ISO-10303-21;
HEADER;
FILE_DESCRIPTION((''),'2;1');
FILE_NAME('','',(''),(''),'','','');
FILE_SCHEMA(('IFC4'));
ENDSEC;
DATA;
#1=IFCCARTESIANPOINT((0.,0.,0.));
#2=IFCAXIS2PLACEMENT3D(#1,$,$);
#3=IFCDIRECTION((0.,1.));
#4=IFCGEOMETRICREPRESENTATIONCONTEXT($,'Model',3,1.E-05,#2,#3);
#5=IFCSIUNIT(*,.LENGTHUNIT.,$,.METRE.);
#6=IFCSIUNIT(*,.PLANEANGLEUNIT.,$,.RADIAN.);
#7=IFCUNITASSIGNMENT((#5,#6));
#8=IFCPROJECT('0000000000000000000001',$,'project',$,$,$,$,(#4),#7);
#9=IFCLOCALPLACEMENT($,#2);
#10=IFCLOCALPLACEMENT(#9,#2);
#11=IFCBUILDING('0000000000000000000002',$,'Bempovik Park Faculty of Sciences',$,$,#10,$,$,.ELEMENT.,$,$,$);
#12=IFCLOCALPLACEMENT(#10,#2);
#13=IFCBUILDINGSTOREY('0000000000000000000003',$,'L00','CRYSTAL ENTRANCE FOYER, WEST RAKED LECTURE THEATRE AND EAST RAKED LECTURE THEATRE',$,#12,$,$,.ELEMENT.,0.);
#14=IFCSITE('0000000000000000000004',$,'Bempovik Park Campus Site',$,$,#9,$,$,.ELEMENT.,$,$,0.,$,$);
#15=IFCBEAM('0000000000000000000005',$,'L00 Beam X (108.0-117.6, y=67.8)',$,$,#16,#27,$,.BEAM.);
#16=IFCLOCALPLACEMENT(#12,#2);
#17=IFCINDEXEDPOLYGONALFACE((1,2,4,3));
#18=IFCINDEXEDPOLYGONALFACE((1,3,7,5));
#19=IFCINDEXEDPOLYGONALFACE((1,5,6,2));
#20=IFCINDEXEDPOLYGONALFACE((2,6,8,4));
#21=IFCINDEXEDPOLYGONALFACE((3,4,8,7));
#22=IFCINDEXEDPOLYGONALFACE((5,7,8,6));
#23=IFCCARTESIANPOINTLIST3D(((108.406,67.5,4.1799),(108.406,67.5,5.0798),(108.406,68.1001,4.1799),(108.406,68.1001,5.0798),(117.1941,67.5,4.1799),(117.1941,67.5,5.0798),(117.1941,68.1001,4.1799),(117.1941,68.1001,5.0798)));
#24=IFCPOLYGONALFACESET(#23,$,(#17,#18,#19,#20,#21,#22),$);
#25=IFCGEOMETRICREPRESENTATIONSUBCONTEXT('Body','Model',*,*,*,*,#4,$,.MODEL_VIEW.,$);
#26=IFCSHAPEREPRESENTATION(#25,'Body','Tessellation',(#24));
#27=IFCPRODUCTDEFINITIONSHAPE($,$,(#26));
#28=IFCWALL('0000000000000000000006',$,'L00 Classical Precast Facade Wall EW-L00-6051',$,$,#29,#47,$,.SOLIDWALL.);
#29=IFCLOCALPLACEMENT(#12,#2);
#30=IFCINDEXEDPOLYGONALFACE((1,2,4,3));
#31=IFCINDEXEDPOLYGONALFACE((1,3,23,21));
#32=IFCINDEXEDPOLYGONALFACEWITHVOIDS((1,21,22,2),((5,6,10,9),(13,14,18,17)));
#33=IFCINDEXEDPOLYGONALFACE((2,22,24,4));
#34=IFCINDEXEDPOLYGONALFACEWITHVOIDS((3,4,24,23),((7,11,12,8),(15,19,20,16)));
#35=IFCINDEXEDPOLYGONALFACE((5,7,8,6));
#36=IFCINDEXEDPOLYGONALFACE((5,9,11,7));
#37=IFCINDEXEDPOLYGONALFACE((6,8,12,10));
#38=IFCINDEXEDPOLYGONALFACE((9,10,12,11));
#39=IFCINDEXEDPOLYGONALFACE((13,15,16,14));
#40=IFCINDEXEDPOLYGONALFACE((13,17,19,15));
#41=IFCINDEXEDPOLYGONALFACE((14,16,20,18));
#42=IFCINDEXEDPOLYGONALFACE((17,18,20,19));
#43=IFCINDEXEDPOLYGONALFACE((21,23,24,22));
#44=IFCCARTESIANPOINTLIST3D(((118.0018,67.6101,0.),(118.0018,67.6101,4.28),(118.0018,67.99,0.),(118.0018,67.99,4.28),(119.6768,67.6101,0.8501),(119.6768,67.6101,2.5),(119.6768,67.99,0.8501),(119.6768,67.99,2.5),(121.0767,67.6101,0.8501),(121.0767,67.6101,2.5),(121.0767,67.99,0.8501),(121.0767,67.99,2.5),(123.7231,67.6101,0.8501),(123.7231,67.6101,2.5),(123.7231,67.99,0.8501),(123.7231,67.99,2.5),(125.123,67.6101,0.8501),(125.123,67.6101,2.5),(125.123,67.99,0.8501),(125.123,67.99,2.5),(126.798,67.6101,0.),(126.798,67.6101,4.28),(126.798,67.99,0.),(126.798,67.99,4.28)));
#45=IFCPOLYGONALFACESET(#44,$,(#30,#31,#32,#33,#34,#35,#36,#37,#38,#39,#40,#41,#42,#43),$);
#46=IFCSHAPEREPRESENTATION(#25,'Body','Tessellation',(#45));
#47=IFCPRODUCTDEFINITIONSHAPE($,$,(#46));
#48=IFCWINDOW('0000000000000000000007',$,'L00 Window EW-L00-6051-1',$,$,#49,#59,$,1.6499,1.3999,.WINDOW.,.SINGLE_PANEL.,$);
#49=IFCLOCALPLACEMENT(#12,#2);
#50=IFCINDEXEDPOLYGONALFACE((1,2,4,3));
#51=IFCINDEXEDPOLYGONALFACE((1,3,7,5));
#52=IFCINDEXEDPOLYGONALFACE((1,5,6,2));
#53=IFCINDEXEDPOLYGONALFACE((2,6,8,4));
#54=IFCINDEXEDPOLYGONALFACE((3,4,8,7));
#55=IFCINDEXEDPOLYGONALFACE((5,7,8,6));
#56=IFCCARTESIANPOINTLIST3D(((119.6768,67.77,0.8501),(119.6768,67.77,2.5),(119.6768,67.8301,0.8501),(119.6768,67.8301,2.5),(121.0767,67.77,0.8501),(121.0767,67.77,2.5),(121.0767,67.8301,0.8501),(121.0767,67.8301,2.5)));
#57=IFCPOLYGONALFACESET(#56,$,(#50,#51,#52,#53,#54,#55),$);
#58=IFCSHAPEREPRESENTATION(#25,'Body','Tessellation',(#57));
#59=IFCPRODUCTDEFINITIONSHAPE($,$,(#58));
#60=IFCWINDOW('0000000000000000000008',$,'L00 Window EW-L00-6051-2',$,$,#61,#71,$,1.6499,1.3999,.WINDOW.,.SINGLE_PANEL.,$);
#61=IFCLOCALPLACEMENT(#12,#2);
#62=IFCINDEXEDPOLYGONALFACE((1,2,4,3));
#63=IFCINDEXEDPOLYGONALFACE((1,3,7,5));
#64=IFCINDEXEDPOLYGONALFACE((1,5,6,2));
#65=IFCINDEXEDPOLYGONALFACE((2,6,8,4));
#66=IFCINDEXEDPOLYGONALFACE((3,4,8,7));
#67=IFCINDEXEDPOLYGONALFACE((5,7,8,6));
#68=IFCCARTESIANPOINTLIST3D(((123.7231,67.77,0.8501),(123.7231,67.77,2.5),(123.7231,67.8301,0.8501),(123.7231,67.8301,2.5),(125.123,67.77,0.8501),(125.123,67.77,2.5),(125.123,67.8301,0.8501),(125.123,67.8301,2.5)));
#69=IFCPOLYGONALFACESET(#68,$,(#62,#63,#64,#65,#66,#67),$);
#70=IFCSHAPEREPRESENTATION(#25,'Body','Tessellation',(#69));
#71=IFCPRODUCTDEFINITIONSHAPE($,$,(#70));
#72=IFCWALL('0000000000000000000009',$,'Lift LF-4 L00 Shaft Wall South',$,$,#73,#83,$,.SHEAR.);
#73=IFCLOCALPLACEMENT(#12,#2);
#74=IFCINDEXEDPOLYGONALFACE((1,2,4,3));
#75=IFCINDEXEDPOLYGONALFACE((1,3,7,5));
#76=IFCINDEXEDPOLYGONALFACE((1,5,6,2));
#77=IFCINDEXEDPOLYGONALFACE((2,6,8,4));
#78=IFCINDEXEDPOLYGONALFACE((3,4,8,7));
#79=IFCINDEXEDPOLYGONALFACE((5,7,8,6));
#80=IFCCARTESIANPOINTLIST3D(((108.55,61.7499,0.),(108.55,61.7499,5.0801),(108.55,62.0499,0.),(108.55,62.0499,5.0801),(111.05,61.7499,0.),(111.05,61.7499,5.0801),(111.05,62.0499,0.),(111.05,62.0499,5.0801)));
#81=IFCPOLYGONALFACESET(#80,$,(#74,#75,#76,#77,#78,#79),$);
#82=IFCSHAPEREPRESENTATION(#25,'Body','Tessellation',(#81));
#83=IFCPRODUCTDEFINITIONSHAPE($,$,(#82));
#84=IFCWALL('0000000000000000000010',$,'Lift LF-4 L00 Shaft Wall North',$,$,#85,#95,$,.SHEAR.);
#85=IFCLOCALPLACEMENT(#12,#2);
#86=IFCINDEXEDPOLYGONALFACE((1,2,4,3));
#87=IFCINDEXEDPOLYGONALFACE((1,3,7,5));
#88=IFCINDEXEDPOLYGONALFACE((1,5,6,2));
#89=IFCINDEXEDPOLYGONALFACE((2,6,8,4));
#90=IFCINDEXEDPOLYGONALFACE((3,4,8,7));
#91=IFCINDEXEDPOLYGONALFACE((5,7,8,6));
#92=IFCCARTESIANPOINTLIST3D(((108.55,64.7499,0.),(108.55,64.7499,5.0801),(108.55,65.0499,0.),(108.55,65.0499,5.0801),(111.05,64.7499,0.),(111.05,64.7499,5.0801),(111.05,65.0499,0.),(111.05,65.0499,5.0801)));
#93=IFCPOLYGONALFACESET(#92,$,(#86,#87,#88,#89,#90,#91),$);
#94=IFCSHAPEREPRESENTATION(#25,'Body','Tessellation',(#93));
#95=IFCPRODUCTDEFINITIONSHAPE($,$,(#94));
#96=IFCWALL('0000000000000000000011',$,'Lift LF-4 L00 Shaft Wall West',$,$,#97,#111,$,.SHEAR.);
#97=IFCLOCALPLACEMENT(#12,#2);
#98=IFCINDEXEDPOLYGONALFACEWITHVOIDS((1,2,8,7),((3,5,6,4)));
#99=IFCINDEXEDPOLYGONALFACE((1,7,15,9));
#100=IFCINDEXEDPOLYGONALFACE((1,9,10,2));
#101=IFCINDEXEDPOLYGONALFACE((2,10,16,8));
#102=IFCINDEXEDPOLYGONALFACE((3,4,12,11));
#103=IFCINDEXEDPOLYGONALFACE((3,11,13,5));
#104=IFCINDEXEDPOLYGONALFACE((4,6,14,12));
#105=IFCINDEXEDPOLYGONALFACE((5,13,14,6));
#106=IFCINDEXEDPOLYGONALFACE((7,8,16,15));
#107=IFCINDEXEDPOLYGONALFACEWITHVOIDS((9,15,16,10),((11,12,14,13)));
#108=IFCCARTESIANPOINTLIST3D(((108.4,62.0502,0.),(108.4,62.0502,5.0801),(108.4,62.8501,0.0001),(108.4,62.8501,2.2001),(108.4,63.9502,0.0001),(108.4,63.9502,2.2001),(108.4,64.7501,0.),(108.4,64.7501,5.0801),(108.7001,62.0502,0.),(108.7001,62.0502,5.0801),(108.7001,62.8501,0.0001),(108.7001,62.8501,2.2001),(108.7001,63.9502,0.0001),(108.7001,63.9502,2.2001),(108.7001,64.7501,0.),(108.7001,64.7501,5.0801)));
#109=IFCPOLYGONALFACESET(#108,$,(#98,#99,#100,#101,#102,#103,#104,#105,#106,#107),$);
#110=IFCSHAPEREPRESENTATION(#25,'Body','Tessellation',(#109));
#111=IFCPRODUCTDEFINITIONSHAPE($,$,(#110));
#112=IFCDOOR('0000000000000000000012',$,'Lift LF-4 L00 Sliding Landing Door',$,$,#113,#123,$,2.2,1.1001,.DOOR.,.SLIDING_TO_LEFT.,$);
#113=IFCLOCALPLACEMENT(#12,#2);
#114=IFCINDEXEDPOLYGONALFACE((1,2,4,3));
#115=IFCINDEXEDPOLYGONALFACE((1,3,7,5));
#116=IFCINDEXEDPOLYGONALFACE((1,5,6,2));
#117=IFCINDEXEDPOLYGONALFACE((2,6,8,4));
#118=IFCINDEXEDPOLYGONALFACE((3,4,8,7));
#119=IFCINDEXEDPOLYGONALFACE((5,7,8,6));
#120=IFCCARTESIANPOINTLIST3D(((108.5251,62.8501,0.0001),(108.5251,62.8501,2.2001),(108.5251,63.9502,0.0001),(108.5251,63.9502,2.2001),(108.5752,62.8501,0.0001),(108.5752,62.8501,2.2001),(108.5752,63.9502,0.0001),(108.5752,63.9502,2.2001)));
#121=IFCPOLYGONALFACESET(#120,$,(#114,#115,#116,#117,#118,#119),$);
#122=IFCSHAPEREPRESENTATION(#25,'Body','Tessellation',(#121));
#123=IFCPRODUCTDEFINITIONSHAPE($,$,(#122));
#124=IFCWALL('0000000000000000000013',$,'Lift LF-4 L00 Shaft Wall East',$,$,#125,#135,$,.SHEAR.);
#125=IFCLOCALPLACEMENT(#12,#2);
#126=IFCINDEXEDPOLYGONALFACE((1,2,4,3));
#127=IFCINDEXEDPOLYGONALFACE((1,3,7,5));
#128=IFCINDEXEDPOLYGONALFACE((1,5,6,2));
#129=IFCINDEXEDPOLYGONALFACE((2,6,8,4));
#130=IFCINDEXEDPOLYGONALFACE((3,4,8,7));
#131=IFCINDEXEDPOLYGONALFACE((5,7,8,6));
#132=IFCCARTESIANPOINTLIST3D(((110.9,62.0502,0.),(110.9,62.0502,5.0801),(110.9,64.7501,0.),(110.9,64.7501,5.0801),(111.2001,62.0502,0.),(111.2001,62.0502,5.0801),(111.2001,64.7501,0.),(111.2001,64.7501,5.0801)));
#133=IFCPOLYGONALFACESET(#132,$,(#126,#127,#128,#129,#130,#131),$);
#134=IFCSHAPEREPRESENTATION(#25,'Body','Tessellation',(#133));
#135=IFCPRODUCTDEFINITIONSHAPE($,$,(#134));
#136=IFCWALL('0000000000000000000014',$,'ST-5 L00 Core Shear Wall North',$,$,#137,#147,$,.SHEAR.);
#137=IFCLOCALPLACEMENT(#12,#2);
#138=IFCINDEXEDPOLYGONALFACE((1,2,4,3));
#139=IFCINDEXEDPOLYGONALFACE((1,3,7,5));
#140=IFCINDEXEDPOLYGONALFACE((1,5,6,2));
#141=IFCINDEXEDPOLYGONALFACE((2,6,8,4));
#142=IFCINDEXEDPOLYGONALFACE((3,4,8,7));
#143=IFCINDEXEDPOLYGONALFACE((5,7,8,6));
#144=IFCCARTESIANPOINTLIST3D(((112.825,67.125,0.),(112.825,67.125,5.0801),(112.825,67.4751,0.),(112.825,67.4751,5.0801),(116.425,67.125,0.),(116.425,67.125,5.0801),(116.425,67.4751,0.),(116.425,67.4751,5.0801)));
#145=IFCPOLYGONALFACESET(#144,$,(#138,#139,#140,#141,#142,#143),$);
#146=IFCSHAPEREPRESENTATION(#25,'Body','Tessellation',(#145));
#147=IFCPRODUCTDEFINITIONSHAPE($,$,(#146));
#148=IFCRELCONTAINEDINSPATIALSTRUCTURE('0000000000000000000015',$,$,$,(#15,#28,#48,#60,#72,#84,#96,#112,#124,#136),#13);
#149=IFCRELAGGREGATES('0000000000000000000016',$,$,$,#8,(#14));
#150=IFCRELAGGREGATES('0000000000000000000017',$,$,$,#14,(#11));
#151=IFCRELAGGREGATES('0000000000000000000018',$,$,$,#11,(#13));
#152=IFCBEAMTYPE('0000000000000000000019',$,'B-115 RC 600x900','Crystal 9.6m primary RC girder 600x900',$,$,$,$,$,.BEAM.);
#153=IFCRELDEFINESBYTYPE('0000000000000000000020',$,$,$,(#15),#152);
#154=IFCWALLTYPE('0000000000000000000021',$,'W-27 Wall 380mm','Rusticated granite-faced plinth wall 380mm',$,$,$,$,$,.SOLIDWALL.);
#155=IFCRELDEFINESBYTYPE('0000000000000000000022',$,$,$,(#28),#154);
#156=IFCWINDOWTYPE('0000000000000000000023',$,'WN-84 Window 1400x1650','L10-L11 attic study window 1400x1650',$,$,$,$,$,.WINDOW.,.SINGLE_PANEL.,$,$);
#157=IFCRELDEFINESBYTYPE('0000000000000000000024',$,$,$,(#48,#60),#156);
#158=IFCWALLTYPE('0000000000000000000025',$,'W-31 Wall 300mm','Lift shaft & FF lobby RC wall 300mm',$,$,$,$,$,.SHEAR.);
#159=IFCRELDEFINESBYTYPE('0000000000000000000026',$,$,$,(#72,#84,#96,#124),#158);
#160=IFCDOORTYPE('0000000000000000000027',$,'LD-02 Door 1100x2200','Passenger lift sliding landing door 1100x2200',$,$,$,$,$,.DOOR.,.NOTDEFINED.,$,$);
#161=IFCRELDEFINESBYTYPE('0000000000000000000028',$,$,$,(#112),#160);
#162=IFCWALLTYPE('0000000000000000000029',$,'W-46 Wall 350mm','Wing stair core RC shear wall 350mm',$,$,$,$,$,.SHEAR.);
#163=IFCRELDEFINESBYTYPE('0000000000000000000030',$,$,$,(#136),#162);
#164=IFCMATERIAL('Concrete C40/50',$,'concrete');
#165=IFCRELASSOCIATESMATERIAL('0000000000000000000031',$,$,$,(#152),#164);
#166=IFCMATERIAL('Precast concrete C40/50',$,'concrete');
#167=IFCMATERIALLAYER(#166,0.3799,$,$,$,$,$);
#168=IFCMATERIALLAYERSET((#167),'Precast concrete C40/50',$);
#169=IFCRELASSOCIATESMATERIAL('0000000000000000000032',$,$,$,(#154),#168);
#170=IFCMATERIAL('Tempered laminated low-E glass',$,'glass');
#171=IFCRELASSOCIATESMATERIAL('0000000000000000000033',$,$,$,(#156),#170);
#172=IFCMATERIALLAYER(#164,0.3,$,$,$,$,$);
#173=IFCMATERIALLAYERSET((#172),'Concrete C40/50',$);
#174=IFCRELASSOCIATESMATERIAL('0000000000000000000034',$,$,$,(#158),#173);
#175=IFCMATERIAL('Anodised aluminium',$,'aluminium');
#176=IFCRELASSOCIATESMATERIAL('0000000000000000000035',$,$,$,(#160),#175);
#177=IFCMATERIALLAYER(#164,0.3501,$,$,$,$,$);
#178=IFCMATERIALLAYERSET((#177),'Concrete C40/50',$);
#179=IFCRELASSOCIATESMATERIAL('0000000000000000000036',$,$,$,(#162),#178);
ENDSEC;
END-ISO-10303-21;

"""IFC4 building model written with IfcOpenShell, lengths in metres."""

from ifc_helpers import new_model, si_unit, direction, frame, frame_2d, origin, origin_2d, place, context, subcontext, project, spatial, rectangle, extrude, material, layer, layer_set, material_profile, profile_set, type_object, element, fill, save


model = new_model("IFC4")

# Units and contexts
model_context = context("Model", 3, precision=1e-05, world=origin(), true_north=direction((0.0, 1.0)))
body_context = subcontext(model_context, "Body", "Model", "MODEL_VIEW")
ifc_project = project(units=[si_unit("LENGTHUNIT", "METRE"), si_unit("PLANEANGLEUNIT", "RADIAN")], contexts=[model_context])

# Site, building, storey
site_placement = place(None, origin())
site = spatial("IfcSite", under=ifc_project, at=site_placement, Name="Bempovik Park Campus Site", CompositionType="ELEMENT", RefElevation=0.0)
building_placement = place(site_placement, origin())
building = spatial("IfcBuilding", under=site, at=building_placement, Name="Bempovik Park Faculty of Sciences", CompositionType="ELEMENT")
storey_placement = place(building_placement, origin())
storey = spatial("IfcBuildingStorey", under=building, at=storey_placement, Name="L00", Description="CRYSTAL ENTRANCE FOYER, WEST RAKED LECTURE THEATRE AND EAST RAKED LECTURE THEATRE", CompositionType="ELEMENT", Elevation=0.0)

# Shared definitions
ifc_material_1 = material(Name="Concrete C40/50", Category="concrete")

# Beam
ifc_material_profile_1 = material_profile(ifc_material_1, rectangle(XDim=0.6001, YDim=0.8999, at=origin_2d()), Name="RC 600x900")
ifc_profile_set_1 = profile_set([ifc_material_profile_1], Name="Concrete C40/50")
beam_type_1 = type_object("IfcBeamType", Name="B-115 RC 600x900", Description="Crystal 9.6m primary RC girder 600x900", PredefinedType="BEAM", material=ifc_profile_set_1)
beam_1_placement = place(storey_placement, frame((108.406, 67.8, 4.6299), z_axis=(1.0, 0.0, 0.0), x_axis=(0.0, 1.0, 0.0)))
element("IfcBeam", 1, at=beam_1_placement, inside=storey, type_object=beam_type_1, Name="L00 Beam X (108.0-117.6, y=67.8)", PredefinedType="BEAM", context=body_context, shape_type="SweptSolid", body=[
    extrude(rectangle(XDim=0.6001, YDim=0.8999, at=origin_2d()), origin(), (0.0, 0.0, 1.0), 8.7881),
])

# Wall, openings, windows
ifc_material_2 = material(Name="Precast concrete C40/50", Category="concrete")
ifc_layer_1 = layer(ifc_material_2, 0.3799)
ifc_layer_set_1 = layer_set([ifc_layer_1], Name="Precast concrete C40/50")
wall_type_1 = type_object("IfcWallType", Name="W-27 Wall 380mm", Description="Rusticated granite-faced plinth wall 380mm", PredefinedType="SOLIDWALL", material=ifc_layer_set_1)
wall_1_placement = place(storey_placement, frame((118.002, 67.8, 0.0), z_axis=(0.0, 0.0, 1.0), x_axis=(1.0, 0.0, 0.0)))
wall_1 = element("IfcWall", 2, at=wall_1_placement, inside=storey, type_object=wall_type_1, Name="L00 Classical Precast Facade Wall EW-L00-6051", PredefinedType="SOLIDWALL", context=body_context, shape_type="SweptSolid", body=[
    extrude(rectangle(XDim=8.7961, YDim=0.3799, at=frame_2d((4.3979, 0.0))), origin(), (0.0, 0.0, 1.0), 4.28),
])
opening_1_placement = place(wall_1_placement, frame((1.6748, 0.0, 0.8501)))
opening_1 = element("IfcOpeningElement", 3, at=opening_1_placement, cuts=wall_1, PredefinedType="OPENING", context=body_context, shape_type="SweptSolid", body=[
    extrude(rectangle(XDim=1.3999, YDim=1.6499, at=frame_2d((0.7, 0.825))), frame((0.0, 0.2, 0.0), z_axis=(0.0, -1.0, 0.0), x_axis=(1.0, 0.0, 0.0)), (0.0, 0.0, 1.0), 0.3999),
])
opening_2_placement = place(wall_1_placement, frame((5.7212, 0.0, 0.8501)))
opening_2 = element("IfcOpeningElement", 4, at=opening_2_placement, cuts=wall_1, PredefinedType="OPENING", context=body_context, shape_type="SweptSolid", body=[
    extrude(rectangle(XDim=1.3999, YDim=1.6499, at=frame_2d((0.7, 0.825))), frame((0.0, 0.2, 0.0), z_axis=(0.0, -1.0, 0.0), x_axis=(1.0, 0.0, 0.0)), (0.0, 0.0, 1.0), 0.3999),
])
ifc_material_3 = material(Name="Tempered laminated low-E glass", Category="glass")
window_type = type_object("IfcWindowType", Name="WN-84 Window 1400x1650", Description="L10-L11 attic study window 1400x1650", PartitioningType="SINGLE_PANEL", PredefinedType="WINDOW", material=ifc_material_3)
window_1_placement = place(opening_1_placement, origin())
window_1 = element("IfcWindow", 5, at=window_1_placement, inside=storey, type_object=window_type, Name="L00 Window EW-L00-6051-1", OverallHeight=1.6499, OverallWidth=1.3999, PartitioningType="SINGLE_PANEL", PredefinedType="WINDOW", context=body_context, shape_type="SweptSolid", body=[
    extrude(rectangle(XDim=1.3999, YDim=1.6499, at=frame_2d((0.7, 0.825))), frame((0.0, 0.03, 0.0), z_axis=(0.0, -1.0, 0.0), x_axis=(1.0, 0.0, 0.0)), (0.0, 0.0, 1.0), 0.0601),
])
fill(opening_1, window_1)
window_2_placement = place(opening_2_placement, origin())
window_2 = element("IfcWindow", 6, at=window_2_placement, inside=storey, type_object=window_type, Name="L00 Window EW-L00-6051-2", OverallHeight=1.6499, OverallWidth=1.3999, PartitioningType="SINGLE_PANEL", PredefinedType="WINDOW", context=body_context, shape_type="SweptSolid", body=[
    extrude(rectangle(XDim=1.3999, YDim=1.6499, at=frame_2d((0.7, 0.825))), frame((0.0, 0.03, 0.0), z_axis=(0.0, -1.0, 0.0), x_axis=(1.0, 0.0, 0.0)), (0.0, 0.0, 1.0), 0.0601),
])
fill(opening_2, window_2)

# Walls
ifc_layer_2 = layer(ifc_material_1, 0.3)
ifc_layer_set_2 = layer_set([ifc_layer_2], Name="Concrete C40/50")
wall_type_2 = type_object("IfcWallType", Name="W-31 Wall 300mm", Description="Lift shaft & FF lobby RC wall 300mm", PredefinedType="SHEAR", material=ifc_layer_set_2)
for number, where, z_axis, x_axis, name in (
    (7, (108.55, 61.8999, 0.0), (0.0, 0.0, 1.0), (1.0, 0.0, 0.0), "Lift LF-4 L00 Shaft Wall South"),
    (8, (108.55, 64.8999, 0.0), (0.0, 0.0, 1.0), (1.0, 0.0, 0.0), "Lift LF-4 L00 Shaft Wall North"),
):
    element("IfcWall", number, at=place(storey_placement, frame(where, z_axis=z_axis, x_axis=x_axis)), inside=storey, type_object=wall_type_2, Name=name, PredefinedType="SHEAR", context=body_context, shape_type="SweptSolid", body=[
        extrude(rectangle(XDim=2.5, YDim=0.3, at=frame_2d((1.25, 0.0))), origin(), (0.0, 0.0, 1.0), 5.0801),
    ])

# Wall, opening, door
wall_2_placement = place(storey_placement, frame((108.55, 62.05, 0.0), z_axis=(0.0, 0.0, 1.0), x_axis=(0.0, 1.0, 0.0)))
wall_2 = element("IfcWall", 9, at=wall_2_placement, inside=storey, type_object=wall_type_2, Name="Lift LF-4 L00 Shaft Wall West", PredefinedType="SHEAR", context=body_context, shape_type="SweptSolid", body=[
    extrude(rectangle(XDim=2.7, YDim=0.3, at=frame_2d((1.3501, 0.0))), origin(), (0.0, 0.0, 1.0), 5.0801),
])
opening_3_placement = place(wall_2_placement, frame((0.8, 0.0, 0.0)))
opening_3 = element("IfcOpeningElement", 10, at=opening_3_placement, cuts=wall_2, PredefinedType="OPENING", context=body_context, shape_type="SweptSolid", body=[
    extrude(rectangle(XDim=1.1001, YDim=2.2, at=frame_2d((0.55, 1.1001))), frame((0.0, 0.1602, 0.0), z_axis=(0.0, -1.0, 0.0), x_axis=(1.0, 0.0, 0.0)), (0.0, 0.0, 1.0), 0.3201),
])
ifc_material_4 = material(Name="Anodised aluminium", Category="aluminium")
door_type = type_object("IfcDoorType", Name="LD-02 Door 1100x2200", Description="Passenger lift sliding landing door 1100x2200", OperationType="NOTDEFINED", PredefinedType="DOOR", material=ifc_material_4)
door_placement = place(opening_3_placement, origin())
door = element("IfcDoor", 11, at=door_placement, inside=storey, type_object=door_type, Name="Lift LF-4 L00 Sliding Landing Door", OperationType="SLIDING_TO_LEFT", OverallHeight=2.2, OverallWidth=1.1001, PredefinedType="DOOR", context=body_context, shape_type="SweptSolid", body=[
    extrude(rectangle(XDim=1.1001, YDim=2.2, at=frame_2d((0.55, 1.1001))), frame((0.0, 0.0249, 0.0), z_axis=(0.0, -1.0, 0.0), x_axis=(1.0, 0.0, 0.0)), (0.0, 0.0, 1.0), 0.05),
])
fill(opening_3, door)

# Walls
wall_3_placement = place(storey_placement, frame((111.05, 62.05, 0.0), z_axis=(0.0, 0.0, 1.0), x_axis=(0.0, 1.0, 0.0)))
element("IfcWall", 12, at=wall_3_placement, inside=storey, type_object=wall_type_2, Name="Lift LF-4 L00 Shaft Wall East", PredefinedType="SHEAR", context=body_context, shape_type="SweptSolid", body=[
    extrude(rectangle(XDim=2.7, YDim=0.3, at=frame_2d((1.3501, 0.0))), origin(), (0.0, 0.0, 1.0), 5.0801),
])
ifc_layer_3 = layer(ifc_material_1, 0.3501)
ifc_layer_set_3 = layer_set([ifc_layer_3], Name="Concrete C40/50")
wall_type_3 = type_object("IfcWallType", Name="W-46 Wall 350mm", Description="Wing stair core RC shear wall 350mm", PredefinedType="SHEAR", material=ifc_layer_set_3)
wall_4_placement = place(storey_placement, frame((112.825, 67.3, 0.0), z_axis=(0.0, 0.0, 1.0), x_axis=(1.0, 0.0, 0.0)))
element("IfcWall", 13, at=wall_4_placement, inside=storey, type_object=wall_type_3, Name="ST-5 L00 Core Shear Wall North", PredefinedType="SHEAR", context=body_context, shape_type="SweptSolid", body=[
    extrude(rectangle(XDim=3.6001, YDim=0.3501, at=frame_2d((1.8, 0.0))), origin(), (0.0, 0.0, 1.0), 5.0801),
])

save(model, "model.ifc")
